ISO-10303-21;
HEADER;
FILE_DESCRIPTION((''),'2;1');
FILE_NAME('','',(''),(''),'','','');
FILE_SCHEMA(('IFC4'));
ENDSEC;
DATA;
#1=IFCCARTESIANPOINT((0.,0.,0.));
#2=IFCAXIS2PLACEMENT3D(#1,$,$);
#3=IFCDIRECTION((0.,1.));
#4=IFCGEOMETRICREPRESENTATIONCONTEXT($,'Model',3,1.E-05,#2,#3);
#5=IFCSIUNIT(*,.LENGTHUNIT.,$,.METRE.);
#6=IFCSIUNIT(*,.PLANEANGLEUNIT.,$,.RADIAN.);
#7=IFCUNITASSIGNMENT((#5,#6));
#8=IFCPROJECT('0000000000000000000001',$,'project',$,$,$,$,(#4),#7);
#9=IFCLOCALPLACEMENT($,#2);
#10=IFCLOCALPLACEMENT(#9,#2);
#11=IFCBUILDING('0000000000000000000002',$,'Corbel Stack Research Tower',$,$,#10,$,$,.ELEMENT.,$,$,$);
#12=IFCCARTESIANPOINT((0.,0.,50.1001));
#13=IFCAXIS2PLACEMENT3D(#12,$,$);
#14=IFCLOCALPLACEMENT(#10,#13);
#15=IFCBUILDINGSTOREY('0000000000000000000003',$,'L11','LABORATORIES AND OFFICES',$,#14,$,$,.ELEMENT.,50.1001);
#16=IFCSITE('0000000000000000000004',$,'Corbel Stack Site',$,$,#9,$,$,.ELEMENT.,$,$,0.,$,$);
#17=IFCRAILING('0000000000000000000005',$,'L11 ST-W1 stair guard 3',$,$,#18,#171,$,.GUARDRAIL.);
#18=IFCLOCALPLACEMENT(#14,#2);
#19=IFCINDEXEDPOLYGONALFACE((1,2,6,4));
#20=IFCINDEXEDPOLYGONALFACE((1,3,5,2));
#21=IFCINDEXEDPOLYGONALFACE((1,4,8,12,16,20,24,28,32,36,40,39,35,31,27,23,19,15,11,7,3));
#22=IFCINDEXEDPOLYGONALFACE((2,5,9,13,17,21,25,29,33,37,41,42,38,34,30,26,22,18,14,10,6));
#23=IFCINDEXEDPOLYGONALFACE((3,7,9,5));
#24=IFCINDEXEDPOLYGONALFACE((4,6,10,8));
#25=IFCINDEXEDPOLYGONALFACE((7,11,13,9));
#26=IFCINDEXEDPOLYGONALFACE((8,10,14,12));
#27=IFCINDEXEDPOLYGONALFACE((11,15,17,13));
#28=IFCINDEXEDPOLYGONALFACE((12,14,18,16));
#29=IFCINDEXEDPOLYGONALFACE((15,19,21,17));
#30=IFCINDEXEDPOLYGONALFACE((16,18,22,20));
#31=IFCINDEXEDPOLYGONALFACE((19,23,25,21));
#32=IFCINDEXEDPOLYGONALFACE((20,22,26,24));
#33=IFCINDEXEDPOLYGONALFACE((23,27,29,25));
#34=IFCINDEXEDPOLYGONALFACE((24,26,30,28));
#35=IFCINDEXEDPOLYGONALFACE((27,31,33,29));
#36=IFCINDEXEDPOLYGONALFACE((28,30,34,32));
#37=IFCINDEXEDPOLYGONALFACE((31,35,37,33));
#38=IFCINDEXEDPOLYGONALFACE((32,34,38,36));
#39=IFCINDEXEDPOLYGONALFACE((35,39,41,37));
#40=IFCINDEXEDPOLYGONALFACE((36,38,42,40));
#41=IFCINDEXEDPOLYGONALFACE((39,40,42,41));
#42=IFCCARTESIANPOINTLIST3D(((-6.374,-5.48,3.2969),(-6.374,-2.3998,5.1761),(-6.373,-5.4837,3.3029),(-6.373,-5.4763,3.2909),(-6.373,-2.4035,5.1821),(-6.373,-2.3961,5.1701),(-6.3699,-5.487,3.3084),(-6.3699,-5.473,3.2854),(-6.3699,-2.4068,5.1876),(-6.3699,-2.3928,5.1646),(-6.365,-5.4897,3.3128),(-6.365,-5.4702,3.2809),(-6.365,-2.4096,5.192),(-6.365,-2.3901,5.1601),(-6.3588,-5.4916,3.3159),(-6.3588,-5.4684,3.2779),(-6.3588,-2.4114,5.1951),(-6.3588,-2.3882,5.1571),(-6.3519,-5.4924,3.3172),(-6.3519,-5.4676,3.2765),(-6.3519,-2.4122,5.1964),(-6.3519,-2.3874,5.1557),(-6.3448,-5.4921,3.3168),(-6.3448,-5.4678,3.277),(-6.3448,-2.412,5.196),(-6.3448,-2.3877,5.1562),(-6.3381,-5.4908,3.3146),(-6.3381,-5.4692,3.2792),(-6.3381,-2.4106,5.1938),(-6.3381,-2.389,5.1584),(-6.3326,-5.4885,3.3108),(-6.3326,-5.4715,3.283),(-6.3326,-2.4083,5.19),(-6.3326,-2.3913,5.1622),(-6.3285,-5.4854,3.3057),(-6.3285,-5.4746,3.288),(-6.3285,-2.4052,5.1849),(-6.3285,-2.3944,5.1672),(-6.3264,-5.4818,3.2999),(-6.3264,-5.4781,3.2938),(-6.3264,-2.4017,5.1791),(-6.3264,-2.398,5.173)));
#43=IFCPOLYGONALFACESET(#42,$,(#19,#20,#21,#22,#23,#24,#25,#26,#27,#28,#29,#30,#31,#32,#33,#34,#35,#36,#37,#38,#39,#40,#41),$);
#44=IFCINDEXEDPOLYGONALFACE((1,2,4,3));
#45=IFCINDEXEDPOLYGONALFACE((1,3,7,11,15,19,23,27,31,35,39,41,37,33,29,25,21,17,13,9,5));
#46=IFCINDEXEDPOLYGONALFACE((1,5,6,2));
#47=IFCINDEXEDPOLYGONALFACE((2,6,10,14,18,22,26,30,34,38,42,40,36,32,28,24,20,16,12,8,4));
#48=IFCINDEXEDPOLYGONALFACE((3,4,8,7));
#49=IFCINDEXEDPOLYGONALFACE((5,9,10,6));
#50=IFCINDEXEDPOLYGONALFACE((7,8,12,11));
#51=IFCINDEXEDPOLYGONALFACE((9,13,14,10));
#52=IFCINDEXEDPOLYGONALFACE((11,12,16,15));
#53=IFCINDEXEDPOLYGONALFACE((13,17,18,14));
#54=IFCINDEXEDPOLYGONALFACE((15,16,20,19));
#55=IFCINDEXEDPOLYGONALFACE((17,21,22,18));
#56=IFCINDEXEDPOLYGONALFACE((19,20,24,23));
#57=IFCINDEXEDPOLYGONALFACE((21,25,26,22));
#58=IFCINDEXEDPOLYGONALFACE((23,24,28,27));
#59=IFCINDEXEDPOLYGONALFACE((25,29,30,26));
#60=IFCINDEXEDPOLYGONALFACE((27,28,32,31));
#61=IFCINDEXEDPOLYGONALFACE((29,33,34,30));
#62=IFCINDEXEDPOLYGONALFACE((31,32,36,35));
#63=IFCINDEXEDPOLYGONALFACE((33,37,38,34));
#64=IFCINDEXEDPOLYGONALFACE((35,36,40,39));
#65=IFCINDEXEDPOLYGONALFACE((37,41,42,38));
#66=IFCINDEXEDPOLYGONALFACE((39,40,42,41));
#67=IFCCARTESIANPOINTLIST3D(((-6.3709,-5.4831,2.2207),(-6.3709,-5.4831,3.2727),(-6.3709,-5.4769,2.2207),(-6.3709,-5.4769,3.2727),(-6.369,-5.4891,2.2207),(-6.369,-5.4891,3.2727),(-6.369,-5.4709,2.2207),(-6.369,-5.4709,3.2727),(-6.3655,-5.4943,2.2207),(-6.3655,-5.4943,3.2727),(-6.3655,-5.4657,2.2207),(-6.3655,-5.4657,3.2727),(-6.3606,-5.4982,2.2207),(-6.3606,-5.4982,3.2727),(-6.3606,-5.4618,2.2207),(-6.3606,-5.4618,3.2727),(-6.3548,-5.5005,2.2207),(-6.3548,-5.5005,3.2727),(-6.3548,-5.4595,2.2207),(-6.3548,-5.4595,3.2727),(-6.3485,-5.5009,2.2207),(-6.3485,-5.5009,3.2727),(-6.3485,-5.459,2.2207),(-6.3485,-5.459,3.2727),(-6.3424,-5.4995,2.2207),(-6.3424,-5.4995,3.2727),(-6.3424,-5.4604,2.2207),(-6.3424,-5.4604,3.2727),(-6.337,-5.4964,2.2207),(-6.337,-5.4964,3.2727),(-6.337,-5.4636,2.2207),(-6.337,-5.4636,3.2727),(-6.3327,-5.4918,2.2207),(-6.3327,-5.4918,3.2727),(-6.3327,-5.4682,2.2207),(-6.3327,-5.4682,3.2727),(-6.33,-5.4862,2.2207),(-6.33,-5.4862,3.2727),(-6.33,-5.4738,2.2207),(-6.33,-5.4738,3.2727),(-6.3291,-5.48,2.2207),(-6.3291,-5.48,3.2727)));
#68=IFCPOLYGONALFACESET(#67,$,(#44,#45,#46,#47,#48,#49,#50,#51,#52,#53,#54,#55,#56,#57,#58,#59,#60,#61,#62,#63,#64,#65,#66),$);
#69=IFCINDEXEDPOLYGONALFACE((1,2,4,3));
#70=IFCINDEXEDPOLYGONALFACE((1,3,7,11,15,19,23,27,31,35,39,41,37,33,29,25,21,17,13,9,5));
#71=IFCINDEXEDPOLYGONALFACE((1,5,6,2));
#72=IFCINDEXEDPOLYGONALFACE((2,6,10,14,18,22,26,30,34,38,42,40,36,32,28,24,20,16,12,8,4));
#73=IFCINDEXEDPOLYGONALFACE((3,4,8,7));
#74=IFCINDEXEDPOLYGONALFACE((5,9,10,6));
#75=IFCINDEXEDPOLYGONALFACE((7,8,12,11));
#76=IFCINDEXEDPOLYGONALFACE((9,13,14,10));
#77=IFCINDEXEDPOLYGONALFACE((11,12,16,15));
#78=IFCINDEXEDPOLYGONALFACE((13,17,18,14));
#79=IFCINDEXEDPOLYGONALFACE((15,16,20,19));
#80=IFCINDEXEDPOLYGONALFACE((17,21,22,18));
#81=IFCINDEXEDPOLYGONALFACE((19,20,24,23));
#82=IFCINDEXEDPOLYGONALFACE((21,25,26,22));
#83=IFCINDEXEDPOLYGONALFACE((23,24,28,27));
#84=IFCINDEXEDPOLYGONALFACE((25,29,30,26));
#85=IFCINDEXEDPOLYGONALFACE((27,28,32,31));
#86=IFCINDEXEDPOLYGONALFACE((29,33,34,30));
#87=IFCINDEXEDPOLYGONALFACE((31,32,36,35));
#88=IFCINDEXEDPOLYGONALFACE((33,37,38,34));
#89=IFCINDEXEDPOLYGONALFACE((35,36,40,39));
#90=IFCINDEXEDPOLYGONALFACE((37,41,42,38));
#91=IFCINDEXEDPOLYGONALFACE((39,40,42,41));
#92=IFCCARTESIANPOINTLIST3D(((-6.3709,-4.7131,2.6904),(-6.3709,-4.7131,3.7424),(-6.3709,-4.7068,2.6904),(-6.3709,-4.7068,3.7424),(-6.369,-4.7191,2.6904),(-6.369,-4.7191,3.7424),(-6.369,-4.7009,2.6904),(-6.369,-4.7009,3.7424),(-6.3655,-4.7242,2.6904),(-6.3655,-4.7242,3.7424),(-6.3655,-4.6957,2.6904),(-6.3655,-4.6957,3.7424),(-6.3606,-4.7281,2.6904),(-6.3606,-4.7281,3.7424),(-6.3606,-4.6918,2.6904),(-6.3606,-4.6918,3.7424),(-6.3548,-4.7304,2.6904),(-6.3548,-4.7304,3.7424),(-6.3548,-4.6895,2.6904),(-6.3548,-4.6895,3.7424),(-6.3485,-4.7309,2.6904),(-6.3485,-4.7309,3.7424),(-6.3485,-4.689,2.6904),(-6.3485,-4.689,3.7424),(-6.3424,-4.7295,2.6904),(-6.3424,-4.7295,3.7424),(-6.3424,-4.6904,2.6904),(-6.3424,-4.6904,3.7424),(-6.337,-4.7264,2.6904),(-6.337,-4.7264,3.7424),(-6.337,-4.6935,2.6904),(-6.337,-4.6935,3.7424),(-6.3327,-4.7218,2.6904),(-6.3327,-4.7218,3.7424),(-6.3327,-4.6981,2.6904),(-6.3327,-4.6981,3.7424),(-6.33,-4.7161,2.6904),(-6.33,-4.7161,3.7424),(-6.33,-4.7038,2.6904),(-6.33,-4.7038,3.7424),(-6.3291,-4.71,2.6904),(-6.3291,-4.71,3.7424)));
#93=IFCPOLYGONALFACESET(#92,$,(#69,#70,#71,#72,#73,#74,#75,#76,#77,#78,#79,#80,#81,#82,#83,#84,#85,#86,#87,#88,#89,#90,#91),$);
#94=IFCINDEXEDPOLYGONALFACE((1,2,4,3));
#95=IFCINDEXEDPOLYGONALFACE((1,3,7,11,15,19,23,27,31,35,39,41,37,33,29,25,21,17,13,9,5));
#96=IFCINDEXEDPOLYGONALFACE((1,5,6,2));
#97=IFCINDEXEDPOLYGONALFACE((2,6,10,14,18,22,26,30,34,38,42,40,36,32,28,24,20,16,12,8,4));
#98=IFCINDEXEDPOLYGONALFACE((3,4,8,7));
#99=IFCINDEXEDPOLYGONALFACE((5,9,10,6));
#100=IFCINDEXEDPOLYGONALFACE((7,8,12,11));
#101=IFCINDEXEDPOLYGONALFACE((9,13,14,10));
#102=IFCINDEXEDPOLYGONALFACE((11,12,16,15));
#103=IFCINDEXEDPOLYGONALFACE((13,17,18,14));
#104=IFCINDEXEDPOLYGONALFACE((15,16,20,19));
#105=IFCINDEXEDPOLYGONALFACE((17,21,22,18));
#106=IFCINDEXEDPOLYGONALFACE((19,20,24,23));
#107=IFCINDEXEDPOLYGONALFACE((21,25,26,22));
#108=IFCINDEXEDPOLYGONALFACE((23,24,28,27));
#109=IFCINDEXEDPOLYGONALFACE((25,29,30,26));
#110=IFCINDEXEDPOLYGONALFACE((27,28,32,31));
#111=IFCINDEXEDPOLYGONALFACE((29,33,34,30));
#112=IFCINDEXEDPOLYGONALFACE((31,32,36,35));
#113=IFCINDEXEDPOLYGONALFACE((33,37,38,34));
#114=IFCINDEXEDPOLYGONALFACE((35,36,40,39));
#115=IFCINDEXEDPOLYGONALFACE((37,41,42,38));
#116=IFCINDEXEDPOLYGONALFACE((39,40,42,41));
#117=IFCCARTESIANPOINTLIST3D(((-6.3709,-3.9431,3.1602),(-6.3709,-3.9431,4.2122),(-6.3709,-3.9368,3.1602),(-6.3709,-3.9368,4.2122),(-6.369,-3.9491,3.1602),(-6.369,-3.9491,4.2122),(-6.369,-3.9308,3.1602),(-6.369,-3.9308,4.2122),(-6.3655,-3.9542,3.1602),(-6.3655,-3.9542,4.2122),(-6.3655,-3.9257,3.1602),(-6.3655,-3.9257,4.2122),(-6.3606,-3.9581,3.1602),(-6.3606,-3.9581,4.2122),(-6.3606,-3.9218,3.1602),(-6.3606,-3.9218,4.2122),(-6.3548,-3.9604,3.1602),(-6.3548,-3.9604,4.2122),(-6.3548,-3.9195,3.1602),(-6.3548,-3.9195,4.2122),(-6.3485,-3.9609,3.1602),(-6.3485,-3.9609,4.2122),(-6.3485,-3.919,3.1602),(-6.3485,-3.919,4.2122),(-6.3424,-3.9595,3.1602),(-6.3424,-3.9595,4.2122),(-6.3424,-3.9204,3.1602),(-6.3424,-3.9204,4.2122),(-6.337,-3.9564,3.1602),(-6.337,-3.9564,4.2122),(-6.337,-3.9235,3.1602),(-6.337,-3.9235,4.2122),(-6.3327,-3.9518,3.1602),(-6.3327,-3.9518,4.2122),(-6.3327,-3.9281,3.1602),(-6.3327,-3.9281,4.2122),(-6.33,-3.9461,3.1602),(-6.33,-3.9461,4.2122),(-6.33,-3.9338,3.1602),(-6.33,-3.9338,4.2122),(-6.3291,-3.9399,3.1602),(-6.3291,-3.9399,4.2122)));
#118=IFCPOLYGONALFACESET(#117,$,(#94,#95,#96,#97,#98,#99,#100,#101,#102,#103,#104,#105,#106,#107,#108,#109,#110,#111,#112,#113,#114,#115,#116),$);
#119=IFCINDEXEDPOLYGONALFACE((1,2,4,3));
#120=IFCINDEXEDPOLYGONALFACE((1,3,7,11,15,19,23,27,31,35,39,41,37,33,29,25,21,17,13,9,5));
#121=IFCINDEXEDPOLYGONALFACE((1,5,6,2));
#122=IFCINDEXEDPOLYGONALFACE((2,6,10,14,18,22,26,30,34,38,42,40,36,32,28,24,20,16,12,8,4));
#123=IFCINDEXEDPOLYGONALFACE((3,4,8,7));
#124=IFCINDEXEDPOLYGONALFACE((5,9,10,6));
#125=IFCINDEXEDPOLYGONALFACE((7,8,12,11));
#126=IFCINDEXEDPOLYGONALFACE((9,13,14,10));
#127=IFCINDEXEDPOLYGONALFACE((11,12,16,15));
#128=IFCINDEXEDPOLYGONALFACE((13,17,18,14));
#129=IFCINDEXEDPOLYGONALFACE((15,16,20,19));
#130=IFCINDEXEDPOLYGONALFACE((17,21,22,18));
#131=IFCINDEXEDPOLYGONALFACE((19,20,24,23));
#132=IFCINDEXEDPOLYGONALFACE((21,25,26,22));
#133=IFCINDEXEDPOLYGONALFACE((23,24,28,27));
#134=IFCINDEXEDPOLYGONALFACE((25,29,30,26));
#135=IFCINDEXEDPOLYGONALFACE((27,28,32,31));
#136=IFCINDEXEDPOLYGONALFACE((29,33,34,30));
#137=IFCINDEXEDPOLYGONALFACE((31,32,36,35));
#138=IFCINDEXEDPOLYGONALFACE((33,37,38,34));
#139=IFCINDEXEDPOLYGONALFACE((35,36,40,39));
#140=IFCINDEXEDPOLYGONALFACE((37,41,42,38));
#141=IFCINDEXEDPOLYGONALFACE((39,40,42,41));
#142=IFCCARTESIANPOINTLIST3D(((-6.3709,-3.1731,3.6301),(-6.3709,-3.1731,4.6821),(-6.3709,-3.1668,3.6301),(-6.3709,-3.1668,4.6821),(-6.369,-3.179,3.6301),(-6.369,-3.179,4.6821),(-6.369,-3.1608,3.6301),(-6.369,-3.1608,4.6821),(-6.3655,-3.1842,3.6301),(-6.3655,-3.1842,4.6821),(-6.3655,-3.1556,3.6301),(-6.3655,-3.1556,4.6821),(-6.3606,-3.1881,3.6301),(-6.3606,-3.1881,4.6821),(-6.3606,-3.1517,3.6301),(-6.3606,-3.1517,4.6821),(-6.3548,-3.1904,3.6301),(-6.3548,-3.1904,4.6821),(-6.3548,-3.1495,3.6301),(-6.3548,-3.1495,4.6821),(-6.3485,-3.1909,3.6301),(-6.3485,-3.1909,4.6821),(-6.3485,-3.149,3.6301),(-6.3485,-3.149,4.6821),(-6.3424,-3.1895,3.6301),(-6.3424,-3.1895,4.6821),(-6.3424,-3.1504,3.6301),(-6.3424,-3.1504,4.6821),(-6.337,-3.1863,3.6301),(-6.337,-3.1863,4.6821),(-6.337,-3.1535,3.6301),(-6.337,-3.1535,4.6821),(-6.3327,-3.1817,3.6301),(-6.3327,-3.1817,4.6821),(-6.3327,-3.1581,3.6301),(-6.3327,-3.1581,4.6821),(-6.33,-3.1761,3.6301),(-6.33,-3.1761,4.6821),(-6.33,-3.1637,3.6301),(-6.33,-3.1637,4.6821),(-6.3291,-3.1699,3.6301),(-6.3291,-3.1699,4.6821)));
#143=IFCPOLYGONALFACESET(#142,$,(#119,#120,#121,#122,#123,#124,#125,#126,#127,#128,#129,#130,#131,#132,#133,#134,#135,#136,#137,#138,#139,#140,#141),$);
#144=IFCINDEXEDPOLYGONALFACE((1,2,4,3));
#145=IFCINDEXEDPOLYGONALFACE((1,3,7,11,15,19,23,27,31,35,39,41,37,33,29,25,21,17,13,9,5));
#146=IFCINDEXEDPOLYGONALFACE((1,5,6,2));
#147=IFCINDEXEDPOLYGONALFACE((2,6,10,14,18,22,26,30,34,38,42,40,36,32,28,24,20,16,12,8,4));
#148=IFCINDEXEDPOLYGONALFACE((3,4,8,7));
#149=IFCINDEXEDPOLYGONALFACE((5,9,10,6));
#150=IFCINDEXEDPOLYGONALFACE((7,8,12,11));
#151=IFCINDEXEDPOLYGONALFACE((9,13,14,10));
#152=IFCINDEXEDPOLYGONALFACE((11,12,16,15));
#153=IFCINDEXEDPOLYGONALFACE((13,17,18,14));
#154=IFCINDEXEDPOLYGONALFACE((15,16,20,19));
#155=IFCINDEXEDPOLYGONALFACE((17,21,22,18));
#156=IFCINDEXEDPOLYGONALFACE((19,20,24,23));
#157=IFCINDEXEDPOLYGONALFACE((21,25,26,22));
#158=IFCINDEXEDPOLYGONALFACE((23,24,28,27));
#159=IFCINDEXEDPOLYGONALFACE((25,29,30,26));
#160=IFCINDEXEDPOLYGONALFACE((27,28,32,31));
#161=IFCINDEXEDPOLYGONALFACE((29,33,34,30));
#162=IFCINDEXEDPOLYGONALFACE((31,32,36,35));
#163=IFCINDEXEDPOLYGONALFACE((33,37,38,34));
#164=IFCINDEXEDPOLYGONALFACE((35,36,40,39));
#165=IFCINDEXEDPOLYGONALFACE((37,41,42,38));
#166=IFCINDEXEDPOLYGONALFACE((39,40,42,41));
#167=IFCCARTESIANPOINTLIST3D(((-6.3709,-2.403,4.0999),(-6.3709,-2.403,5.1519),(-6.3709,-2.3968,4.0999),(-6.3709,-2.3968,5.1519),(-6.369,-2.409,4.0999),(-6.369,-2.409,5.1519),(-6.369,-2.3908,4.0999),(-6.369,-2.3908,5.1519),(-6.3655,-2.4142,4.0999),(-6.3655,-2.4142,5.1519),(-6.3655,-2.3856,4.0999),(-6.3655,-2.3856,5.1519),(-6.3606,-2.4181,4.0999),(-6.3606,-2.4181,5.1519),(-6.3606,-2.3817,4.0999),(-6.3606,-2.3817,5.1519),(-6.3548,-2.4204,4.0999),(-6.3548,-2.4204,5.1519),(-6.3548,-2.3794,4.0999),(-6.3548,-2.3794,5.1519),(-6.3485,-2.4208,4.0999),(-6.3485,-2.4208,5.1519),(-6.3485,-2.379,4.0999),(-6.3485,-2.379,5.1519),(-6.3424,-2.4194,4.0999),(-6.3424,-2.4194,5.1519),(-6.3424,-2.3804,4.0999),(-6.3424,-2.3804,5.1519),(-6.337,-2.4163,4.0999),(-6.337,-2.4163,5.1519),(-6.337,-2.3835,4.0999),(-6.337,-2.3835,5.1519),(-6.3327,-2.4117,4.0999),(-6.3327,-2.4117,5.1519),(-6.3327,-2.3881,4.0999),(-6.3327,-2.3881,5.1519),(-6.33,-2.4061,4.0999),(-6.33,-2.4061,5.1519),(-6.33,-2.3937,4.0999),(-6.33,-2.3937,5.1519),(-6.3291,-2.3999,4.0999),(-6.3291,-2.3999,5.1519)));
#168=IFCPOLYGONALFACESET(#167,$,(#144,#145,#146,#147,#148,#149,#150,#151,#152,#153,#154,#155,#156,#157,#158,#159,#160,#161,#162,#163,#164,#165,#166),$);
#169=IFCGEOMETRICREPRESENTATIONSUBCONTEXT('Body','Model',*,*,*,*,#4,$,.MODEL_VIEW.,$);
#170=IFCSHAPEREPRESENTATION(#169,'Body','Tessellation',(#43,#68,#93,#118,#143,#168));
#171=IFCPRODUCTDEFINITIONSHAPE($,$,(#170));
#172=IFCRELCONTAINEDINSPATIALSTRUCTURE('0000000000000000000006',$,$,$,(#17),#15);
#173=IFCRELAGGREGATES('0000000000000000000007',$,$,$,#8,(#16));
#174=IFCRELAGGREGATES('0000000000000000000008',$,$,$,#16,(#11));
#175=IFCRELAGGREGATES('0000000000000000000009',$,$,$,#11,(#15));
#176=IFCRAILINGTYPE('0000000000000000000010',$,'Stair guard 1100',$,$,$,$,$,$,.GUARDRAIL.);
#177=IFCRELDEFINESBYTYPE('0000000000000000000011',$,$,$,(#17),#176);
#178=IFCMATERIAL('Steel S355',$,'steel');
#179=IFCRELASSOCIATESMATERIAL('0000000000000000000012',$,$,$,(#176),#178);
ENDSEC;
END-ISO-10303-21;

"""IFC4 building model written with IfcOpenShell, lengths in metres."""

from ifc_helpers import new_model, si_unit, direction, frame, origin, origin_2d, place, context, subcontext, project, spatial, circle, extrude, material, type_object, element, save


model = new_model("IFC4")

# Units and contexts
model_context = context("Model", 3, precision=1e-05, world=origin(), true_north=direction((0.0, 1.0)))
body_context = subcontext(model_context, "Body", "Model", "MODEL_VIEW")
ifc_project = project(units=[si_unit("LENGTHUNIT", "METRE"), si_unit("PLANEANGLEUNIT", "RADIAN")], contexts=[model_context])

# Site, building, storey
site_placement = place(None, origin())
site = spatial("IfcSite", under=ifc_project, at=site_placement, Name="Corbel Stack Site", CompositionType="ELEMENT", RefElevation=0.0)
building_placement = place(site_placement, origin())
building = spatial("IfcBuilding", under=site, at=building_placement, Name="Corbel Stack Research Tower", CompositionType="ELEMENT")
storey_placement = place(building_placement, frame((0.0, 0.0, 50.1001)))
storey = spatial("IfcBuildingStorey", under=building, at=storey_placement, Name="L11", Description="LABORATORIES AND OFFICES", CompositionType="ELEMENT", Elevation=50.1001)

# Railing
ifc_material_1 = material(Name="Steel S355", Category="steel")
railing_type_1 = type_object("IfcRailingType", Name="Stair guard 1100", PredefinedType="GUARDRAIL", material=ifc_material_1)
railing_1_placement = place(storey_placement, frame((-6.3501, -5.48, 2.2207)))
element("IfcRailing", 1, at=railing_1_placement, inside=storey, type_object=railing_type_1, Name="L11 ST-W1 stair guard 3", PredefinedType="GUARDRAIL", context=body_context, shape_type="SweptSolid", body=[
    extrude(circle(Radius=0.0239, at=origin_2d()), frame((0.0, 0.0, 1.0762), z_axis=(0.0, 0.853666, 0.52082), x_axis=(-1.0, 0.0, 0.0)), (0.0, 0.0, 1.0), 3.6082),
    extrude(circle(Radius=0.021, at=origin_2d()), origin(), (0.0, 0.0, 1.0), 1.052),
    extrude(circle(Radius=0.021, at=origin_2d()), frame((0.0, 0.77, 0.4697)), (0.0, 0.0, 1.0), 1.052),
    extrude(circle(Radius=0.021, at=origin_2d()), frame((0.0, 1.54, 0.9395)), (0.0, 0.0, 1.0), 1.052),
    extrude(circle(Radius=0.021, at=origin_2d()), frame((0.0, 2.3101, 1.4094)), (0.0, 0.0, 1.0), 1.052),
    extrude(circle(Radius=0.021, at=origin_2d()), frame((0.0, 3.0801, 1.8792)), (0.0, 0.0, 1.0), 1.052),
])

save(model, "model.ifc")
